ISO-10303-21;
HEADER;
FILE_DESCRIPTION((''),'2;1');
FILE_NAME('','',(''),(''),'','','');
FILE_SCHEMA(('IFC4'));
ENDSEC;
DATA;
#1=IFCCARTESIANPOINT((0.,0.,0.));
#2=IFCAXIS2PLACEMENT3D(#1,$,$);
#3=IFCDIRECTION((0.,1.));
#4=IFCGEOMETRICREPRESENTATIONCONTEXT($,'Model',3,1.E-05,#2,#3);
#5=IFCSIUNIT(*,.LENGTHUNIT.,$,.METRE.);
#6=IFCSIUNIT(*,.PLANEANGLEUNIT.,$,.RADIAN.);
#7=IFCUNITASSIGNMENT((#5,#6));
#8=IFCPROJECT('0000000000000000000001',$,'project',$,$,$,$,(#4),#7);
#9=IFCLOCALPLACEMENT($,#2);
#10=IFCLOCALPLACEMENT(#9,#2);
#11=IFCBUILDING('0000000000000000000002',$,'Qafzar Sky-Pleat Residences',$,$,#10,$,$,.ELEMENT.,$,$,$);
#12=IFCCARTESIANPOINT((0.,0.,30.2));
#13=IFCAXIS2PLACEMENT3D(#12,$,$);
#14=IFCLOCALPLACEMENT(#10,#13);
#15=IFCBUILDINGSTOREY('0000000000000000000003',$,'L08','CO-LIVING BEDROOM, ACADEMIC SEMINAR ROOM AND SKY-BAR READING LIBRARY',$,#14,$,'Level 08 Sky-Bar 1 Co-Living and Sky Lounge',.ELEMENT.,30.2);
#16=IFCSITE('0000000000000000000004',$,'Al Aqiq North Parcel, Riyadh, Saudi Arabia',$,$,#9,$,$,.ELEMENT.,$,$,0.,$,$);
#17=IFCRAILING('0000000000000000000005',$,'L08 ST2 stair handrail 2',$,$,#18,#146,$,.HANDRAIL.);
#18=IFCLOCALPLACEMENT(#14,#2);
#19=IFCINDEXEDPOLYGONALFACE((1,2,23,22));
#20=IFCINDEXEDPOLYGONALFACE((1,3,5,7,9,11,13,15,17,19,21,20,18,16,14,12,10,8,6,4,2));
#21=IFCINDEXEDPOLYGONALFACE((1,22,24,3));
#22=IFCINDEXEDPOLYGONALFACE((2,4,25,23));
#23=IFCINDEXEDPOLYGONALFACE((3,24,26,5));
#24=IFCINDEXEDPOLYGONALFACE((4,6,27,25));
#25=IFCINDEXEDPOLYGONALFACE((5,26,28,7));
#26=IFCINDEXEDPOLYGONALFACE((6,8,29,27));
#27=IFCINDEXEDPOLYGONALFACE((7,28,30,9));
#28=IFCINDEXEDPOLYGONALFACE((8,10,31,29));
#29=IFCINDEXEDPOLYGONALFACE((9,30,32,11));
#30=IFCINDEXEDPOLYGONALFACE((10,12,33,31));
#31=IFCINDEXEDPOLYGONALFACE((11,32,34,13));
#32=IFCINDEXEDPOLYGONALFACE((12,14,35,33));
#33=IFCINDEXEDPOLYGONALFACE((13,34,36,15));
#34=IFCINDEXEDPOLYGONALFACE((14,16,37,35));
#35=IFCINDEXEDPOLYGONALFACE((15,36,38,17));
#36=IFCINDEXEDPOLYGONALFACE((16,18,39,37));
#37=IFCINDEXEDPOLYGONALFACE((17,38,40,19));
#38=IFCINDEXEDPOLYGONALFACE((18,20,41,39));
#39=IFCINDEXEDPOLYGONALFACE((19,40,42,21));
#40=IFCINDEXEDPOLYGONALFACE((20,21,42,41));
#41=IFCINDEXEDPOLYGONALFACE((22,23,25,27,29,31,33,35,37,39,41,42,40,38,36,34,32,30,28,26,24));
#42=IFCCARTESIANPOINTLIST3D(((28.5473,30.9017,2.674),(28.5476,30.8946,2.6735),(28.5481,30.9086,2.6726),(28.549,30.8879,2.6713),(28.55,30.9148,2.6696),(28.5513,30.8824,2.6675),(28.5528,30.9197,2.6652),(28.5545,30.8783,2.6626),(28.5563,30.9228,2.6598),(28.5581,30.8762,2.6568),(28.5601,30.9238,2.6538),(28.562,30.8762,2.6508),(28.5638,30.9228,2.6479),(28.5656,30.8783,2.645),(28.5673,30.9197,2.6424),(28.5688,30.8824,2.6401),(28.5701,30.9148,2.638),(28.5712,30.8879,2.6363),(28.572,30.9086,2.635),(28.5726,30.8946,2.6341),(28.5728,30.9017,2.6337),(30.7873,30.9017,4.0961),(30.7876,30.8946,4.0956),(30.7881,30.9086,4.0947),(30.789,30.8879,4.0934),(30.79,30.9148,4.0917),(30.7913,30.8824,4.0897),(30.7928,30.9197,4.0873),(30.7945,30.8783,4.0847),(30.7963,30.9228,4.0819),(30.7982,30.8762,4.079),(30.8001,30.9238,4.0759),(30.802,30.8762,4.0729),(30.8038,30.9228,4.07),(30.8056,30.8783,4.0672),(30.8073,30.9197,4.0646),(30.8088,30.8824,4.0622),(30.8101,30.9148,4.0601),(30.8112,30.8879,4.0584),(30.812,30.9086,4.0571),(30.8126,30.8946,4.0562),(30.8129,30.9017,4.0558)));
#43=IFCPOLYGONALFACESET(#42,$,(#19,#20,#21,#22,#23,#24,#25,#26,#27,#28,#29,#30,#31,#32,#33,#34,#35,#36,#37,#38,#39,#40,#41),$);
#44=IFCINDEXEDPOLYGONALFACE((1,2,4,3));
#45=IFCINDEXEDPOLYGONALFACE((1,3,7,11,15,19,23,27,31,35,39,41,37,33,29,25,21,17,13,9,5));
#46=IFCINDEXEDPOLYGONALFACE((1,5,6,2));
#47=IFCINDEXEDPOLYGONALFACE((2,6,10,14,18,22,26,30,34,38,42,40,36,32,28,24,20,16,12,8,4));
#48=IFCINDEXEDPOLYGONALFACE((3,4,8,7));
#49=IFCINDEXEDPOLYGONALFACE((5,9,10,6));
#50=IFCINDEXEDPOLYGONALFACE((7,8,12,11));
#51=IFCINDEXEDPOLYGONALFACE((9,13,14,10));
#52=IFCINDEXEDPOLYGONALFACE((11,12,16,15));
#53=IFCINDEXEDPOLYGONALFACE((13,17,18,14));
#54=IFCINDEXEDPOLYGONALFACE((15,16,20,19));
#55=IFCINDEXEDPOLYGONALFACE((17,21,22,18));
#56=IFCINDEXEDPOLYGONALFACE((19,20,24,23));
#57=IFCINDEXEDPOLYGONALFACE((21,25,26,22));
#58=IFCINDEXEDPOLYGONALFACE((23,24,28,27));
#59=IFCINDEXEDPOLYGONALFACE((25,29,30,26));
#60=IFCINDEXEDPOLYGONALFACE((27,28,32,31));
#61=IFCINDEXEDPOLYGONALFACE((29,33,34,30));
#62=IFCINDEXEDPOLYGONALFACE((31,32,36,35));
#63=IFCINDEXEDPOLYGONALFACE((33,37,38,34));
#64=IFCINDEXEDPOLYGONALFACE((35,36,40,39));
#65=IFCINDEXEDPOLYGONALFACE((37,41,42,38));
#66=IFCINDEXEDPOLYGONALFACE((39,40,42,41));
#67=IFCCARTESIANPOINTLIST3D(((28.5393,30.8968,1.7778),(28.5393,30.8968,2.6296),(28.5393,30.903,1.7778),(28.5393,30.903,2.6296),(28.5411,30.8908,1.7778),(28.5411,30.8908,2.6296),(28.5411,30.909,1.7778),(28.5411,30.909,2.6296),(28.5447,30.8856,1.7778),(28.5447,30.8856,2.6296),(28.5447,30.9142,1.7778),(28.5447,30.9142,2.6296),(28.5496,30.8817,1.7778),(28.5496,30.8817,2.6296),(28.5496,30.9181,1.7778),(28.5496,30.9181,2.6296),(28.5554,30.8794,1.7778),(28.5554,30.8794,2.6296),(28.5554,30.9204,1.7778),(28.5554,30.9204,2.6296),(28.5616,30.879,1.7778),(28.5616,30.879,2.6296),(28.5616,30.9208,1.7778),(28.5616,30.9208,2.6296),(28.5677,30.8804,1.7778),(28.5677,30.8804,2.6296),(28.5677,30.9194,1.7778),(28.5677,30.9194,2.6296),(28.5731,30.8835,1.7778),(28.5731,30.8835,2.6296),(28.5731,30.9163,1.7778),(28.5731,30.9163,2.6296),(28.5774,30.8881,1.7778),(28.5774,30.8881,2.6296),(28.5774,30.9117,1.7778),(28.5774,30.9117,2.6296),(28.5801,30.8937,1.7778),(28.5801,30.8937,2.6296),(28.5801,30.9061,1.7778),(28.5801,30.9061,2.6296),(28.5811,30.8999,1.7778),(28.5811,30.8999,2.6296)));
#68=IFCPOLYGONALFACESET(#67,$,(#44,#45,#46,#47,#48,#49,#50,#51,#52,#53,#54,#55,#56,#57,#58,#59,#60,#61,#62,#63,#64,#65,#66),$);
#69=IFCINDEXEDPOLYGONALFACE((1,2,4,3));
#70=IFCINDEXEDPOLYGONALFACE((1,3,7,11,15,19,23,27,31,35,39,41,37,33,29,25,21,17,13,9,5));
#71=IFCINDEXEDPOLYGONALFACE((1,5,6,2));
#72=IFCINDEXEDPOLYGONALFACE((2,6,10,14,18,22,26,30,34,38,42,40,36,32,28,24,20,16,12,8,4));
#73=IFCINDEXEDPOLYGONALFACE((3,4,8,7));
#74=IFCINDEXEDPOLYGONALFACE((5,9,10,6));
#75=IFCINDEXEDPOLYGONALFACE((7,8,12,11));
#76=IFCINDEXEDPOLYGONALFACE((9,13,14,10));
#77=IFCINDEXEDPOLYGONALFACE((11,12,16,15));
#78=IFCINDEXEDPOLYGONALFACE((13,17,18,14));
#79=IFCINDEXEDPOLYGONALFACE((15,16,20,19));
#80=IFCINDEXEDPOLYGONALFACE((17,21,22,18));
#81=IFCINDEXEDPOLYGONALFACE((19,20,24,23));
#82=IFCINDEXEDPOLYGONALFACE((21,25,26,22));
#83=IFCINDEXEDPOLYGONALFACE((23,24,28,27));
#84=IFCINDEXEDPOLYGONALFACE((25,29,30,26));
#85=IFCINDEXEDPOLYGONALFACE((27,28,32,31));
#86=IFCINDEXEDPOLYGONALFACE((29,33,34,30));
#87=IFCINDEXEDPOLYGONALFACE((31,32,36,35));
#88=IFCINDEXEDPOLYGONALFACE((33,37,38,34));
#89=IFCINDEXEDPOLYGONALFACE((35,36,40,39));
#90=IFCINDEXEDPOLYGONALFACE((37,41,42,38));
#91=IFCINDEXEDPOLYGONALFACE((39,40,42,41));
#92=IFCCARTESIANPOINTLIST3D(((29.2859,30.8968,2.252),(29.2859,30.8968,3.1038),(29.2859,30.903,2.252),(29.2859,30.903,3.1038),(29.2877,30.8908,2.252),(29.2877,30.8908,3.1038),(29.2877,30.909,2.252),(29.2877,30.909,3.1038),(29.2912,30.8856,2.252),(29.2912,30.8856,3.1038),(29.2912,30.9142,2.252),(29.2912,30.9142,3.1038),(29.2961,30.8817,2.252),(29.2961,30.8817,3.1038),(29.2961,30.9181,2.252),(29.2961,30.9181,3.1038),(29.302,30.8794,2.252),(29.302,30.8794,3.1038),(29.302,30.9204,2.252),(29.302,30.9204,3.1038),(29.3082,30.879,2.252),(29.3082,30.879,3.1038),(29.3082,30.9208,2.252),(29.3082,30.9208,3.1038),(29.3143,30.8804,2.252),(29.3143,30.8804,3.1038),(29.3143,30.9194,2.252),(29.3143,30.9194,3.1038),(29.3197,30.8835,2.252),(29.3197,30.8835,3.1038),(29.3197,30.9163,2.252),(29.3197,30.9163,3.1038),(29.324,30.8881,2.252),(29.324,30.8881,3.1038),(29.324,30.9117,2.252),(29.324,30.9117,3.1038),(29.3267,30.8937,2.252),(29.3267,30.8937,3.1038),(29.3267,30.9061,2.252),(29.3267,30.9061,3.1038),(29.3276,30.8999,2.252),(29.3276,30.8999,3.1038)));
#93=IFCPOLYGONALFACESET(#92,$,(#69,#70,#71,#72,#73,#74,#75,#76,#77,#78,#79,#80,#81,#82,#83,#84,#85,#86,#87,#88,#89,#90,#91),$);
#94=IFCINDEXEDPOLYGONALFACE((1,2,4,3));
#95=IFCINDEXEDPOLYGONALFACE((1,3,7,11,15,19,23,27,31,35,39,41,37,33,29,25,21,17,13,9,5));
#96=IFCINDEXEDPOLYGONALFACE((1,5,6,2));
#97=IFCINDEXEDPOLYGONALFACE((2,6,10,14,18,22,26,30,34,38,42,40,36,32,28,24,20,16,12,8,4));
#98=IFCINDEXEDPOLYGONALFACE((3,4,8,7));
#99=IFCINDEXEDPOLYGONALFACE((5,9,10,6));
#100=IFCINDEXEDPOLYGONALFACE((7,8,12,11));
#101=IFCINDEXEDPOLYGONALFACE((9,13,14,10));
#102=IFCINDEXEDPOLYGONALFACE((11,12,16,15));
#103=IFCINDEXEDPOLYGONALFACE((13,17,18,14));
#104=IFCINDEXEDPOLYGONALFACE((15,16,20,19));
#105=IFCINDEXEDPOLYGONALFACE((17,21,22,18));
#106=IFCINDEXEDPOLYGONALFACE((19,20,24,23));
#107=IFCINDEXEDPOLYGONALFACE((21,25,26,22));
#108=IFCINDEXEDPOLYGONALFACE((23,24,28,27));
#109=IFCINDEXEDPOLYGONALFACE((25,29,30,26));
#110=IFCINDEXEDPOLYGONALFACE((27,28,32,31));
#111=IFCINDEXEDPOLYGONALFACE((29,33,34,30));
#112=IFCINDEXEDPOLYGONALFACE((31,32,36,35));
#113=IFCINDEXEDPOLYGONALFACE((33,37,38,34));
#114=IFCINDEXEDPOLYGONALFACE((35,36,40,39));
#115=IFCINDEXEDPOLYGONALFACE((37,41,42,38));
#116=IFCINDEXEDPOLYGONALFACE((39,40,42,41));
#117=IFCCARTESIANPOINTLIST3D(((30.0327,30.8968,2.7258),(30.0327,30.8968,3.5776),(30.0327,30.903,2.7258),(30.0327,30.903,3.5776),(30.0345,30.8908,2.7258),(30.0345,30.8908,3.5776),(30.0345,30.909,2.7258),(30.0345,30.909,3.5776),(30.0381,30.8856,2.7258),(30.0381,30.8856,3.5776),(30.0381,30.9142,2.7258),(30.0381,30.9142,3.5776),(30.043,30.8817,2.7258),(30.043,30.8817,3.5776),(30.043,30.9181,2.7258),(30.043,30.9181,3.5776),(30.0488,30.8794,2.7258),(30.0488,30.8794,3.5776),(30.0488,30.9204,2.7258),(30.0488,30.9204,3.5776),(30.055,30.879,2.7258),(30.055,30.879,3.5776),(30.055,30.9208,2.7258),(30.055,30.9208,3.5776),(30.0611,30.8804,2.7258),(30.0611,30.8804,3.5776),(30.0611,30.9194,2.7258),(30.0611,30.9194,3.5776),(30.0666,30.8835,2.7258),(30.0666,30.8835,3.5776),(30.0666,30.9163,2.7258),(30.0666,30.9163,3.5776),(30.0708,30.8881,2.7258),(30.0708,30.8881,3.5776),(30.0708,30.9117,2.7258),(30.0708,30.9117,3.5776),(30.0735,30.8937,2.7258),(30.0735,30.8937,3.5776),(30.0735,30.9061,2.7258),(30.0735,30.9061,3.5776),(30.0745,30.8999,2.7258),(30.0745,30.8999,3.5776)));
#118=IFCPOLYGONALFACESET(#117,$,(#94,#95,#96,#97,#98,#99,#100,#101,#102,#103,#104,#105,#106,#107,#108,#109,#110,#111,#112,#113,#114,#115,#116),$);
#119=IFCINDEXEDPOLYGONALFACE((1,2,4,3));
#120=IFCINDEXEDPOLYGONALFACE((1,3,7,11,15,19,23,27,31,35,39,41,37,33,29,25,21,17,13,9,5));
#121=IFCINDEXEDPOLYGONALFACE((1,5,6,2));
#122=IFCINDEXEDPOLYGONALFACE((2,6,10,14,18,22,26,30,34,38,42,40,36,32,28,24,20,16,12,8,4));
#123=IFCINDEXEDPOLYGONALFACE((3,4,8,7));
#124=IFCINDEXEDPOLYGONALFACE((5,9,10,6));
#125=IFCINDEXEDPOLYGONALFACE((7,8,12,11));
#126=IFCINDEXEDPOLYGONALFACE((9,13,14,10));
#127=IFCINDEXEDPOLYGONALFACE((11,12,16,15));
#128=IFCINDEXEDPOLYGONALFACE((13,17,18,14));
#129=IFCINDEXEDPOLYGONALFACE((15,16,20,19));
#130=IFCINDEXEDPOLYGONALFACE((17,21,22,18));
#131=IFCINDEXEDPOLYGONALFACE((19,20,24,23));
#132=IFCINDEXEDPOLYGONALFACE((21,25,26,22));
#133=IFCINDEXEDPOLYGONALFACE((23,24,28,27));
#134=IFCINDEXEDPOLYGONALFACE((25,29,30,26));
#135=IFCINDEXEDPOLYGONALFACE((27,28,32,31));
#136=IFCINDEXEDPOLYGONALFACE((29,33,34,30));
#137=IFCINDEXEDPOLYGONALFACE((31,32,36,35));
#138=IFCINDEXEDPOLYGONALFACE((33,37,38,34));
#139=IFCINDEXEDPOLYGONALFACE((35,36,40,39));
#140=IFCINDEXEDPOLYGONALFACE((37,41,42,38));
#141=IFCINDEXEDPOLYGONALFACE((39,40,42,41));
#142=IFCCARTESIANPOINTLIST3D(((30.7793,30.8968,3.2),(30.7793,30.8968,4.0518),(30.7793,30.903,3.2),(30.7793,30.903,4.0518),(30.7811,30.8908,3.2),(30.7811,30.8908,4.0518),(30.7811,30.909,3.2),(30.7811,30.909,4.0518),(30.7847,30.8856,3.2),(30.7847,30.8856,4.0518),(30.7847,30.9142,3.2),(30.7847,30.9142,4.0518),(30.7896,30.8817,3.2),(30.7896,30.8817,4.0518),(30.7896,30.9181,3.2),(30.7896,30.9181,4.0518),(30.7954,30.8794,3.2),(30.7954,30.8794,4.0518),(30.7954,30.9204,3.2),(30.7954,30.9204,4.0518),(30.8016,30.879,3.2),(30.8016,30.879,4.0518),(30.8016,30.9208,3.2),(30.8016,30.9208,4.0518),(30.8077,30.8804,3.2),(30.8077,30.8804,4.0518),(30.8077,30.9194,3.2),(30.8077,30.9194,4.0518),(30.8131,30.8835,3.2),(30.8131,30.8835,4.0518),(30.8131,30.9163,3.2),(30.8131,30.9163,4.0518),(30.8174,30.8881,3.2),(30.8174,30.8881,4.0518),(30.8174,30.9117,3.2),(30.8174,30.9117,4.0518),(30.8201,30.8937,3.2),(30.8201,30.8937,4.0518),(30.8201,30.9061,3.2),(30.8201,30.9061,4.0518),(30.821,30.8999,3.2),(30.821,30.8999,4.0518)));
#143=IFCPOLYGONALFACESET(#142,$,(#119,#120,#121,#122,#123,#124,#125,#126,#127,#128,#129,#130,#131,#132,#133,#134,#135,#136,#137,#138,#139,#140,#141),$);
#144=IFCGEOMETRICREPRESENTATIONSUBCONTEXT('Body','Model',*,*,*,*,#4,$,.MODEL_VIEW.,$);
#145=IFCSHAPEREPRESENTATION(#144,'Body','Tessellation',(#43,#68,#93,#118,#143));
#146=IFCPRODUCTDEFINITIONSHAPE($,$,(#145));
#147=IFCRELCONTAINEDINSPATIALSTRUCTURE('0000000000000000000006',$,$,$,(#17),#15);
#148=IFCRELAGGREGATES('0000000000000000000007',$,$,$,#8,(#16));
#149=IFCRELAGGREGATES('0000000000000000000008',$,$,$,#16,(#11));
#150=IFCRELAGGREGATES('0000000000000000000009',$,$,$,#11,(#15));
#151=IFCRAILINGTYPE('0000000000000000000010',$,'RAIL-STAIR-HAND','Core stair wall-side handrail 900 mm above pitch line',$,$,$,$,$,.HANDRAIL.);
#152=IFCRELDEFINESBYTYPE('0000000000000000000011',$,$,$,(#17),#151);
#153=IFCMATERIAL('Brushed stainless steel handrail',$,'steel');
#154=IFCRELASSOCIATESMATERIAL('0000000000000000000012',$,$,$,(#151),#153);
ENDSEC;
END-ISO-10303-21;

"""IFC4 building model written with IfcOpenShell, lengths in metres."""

from ifc_helpers import new_model, si_unit, direction, frame, origin, origin_2d, place, context, subcontext, project, spatial, circle, extrude, source, transform, mapped, material, type_object, element, save


model = new_model("IFC4")

# Units and contexts
model_context = context("Model", 3, precision=1e-05, world=origin(), true_north=direction((0.0, 1.0)))
body_context = subcontext(model_context, "Body", "Model", "MODEL_VIEW")
ifc_project = project(units=[si_unit("LENGTHUNIT", "METRE"), si_unit("PLANEANGLEUNIT", "RADIAN")], contexts=[model_context])

# Site, building, storey
site_placement = place(None, origin())
site = spatial("IfcSite", under=ifc_project, at=site_placement, Name="Al Aqiq North Parcel, Riyadh, Saudi Arabia", CompositionType="ELEMENT", RefElevation=0.0)
building_placement = place(site_placement, origin())
building = spatial("IfcBuilding", under=site, at=building_placement, Name="Qafzar Sky-Pleat Residences", CompositionType="ELEMENT")
storey_placement = place(building_placement, frame((0.0, 0.0, 30.2)))
storey = spatial("IfcBuildingStorey", under=building, at=storey_placement, Name="L08", Description="CO-LIVING BEDROOM, ACADEMIC SEMINAR ROOM AND SKY-BAR READING LIBRARY", LongName="Level 08 Sky-Bar 1 Co-Living and Sky Lounge", CompositionType="ELEMENT", Elevation=30.2)

# Railing
ifc_material_1 = material(Name="Brushed stainless steel handrail", Category="steel")
railing_type_1 = type_object("IfcRailingType", Name="RAIL-STAIR-HAND", Description="Core stair wall-side handrail 900 mm above pitch line", PredefinedType="HANDRAIL", material=ifc_material_1)
shared_shape_1 = source(origin(), body_context, "Body", "SweptSolid", [
    extrude(circle(Radius=0.0239, at=origin_2d()), frame((0.0, 0.0, 0.876), z_axis=(0.844229, 0.0, 0.535982), x_axis=(0.0, 1.0, 0.0)), (0.0, 0.0, 1.0), 2.6533),
    extrude(circle(Radius=0.021, at=origin_2d()), origin(), (0.0, 0.0, 1.0), 0.8518),
    extrude(circle(Radius=0.021, at=origin_2d()), frame((0.7466, 0.0, 0.4741)), (0.0, 0.0, 1.0), 0.8518),
    extrude(circle(Radius=0.021, at=origin_2d()), frame((1.4934, 0.0, 0.948)), (0.0, 0.0, 1.0), 0.8518),
    extrude(circle(Radius=0.021, at=origin_2d()), frame((2.24, 0.0, 1.4221)), (0.0, 0.0, 1.0), 0.8518),
])
railing_1_placement = place(storey_placement, frame((28.5601, 30.8999, 1.7778)))
element("IfcRailing", 1, at=railing_1_placement, inside=storey, type_object=railing_type_1, Name="L08 ST2 stair handrail 2", PredefinedType="HANDRAIL", context=body_context, shape_type="MappedRepresentation", body=[
    mapped(shared_shape_1, transform((0.0, 0.0, 0.0), x_axis=(1.0, 0.0, 0.0), y_axis=(0.0, 1.0, 0.0), z_axis=(0.0, 0.0, 1.0), scale=1.0)),
])

save(model, "model.ifc")
